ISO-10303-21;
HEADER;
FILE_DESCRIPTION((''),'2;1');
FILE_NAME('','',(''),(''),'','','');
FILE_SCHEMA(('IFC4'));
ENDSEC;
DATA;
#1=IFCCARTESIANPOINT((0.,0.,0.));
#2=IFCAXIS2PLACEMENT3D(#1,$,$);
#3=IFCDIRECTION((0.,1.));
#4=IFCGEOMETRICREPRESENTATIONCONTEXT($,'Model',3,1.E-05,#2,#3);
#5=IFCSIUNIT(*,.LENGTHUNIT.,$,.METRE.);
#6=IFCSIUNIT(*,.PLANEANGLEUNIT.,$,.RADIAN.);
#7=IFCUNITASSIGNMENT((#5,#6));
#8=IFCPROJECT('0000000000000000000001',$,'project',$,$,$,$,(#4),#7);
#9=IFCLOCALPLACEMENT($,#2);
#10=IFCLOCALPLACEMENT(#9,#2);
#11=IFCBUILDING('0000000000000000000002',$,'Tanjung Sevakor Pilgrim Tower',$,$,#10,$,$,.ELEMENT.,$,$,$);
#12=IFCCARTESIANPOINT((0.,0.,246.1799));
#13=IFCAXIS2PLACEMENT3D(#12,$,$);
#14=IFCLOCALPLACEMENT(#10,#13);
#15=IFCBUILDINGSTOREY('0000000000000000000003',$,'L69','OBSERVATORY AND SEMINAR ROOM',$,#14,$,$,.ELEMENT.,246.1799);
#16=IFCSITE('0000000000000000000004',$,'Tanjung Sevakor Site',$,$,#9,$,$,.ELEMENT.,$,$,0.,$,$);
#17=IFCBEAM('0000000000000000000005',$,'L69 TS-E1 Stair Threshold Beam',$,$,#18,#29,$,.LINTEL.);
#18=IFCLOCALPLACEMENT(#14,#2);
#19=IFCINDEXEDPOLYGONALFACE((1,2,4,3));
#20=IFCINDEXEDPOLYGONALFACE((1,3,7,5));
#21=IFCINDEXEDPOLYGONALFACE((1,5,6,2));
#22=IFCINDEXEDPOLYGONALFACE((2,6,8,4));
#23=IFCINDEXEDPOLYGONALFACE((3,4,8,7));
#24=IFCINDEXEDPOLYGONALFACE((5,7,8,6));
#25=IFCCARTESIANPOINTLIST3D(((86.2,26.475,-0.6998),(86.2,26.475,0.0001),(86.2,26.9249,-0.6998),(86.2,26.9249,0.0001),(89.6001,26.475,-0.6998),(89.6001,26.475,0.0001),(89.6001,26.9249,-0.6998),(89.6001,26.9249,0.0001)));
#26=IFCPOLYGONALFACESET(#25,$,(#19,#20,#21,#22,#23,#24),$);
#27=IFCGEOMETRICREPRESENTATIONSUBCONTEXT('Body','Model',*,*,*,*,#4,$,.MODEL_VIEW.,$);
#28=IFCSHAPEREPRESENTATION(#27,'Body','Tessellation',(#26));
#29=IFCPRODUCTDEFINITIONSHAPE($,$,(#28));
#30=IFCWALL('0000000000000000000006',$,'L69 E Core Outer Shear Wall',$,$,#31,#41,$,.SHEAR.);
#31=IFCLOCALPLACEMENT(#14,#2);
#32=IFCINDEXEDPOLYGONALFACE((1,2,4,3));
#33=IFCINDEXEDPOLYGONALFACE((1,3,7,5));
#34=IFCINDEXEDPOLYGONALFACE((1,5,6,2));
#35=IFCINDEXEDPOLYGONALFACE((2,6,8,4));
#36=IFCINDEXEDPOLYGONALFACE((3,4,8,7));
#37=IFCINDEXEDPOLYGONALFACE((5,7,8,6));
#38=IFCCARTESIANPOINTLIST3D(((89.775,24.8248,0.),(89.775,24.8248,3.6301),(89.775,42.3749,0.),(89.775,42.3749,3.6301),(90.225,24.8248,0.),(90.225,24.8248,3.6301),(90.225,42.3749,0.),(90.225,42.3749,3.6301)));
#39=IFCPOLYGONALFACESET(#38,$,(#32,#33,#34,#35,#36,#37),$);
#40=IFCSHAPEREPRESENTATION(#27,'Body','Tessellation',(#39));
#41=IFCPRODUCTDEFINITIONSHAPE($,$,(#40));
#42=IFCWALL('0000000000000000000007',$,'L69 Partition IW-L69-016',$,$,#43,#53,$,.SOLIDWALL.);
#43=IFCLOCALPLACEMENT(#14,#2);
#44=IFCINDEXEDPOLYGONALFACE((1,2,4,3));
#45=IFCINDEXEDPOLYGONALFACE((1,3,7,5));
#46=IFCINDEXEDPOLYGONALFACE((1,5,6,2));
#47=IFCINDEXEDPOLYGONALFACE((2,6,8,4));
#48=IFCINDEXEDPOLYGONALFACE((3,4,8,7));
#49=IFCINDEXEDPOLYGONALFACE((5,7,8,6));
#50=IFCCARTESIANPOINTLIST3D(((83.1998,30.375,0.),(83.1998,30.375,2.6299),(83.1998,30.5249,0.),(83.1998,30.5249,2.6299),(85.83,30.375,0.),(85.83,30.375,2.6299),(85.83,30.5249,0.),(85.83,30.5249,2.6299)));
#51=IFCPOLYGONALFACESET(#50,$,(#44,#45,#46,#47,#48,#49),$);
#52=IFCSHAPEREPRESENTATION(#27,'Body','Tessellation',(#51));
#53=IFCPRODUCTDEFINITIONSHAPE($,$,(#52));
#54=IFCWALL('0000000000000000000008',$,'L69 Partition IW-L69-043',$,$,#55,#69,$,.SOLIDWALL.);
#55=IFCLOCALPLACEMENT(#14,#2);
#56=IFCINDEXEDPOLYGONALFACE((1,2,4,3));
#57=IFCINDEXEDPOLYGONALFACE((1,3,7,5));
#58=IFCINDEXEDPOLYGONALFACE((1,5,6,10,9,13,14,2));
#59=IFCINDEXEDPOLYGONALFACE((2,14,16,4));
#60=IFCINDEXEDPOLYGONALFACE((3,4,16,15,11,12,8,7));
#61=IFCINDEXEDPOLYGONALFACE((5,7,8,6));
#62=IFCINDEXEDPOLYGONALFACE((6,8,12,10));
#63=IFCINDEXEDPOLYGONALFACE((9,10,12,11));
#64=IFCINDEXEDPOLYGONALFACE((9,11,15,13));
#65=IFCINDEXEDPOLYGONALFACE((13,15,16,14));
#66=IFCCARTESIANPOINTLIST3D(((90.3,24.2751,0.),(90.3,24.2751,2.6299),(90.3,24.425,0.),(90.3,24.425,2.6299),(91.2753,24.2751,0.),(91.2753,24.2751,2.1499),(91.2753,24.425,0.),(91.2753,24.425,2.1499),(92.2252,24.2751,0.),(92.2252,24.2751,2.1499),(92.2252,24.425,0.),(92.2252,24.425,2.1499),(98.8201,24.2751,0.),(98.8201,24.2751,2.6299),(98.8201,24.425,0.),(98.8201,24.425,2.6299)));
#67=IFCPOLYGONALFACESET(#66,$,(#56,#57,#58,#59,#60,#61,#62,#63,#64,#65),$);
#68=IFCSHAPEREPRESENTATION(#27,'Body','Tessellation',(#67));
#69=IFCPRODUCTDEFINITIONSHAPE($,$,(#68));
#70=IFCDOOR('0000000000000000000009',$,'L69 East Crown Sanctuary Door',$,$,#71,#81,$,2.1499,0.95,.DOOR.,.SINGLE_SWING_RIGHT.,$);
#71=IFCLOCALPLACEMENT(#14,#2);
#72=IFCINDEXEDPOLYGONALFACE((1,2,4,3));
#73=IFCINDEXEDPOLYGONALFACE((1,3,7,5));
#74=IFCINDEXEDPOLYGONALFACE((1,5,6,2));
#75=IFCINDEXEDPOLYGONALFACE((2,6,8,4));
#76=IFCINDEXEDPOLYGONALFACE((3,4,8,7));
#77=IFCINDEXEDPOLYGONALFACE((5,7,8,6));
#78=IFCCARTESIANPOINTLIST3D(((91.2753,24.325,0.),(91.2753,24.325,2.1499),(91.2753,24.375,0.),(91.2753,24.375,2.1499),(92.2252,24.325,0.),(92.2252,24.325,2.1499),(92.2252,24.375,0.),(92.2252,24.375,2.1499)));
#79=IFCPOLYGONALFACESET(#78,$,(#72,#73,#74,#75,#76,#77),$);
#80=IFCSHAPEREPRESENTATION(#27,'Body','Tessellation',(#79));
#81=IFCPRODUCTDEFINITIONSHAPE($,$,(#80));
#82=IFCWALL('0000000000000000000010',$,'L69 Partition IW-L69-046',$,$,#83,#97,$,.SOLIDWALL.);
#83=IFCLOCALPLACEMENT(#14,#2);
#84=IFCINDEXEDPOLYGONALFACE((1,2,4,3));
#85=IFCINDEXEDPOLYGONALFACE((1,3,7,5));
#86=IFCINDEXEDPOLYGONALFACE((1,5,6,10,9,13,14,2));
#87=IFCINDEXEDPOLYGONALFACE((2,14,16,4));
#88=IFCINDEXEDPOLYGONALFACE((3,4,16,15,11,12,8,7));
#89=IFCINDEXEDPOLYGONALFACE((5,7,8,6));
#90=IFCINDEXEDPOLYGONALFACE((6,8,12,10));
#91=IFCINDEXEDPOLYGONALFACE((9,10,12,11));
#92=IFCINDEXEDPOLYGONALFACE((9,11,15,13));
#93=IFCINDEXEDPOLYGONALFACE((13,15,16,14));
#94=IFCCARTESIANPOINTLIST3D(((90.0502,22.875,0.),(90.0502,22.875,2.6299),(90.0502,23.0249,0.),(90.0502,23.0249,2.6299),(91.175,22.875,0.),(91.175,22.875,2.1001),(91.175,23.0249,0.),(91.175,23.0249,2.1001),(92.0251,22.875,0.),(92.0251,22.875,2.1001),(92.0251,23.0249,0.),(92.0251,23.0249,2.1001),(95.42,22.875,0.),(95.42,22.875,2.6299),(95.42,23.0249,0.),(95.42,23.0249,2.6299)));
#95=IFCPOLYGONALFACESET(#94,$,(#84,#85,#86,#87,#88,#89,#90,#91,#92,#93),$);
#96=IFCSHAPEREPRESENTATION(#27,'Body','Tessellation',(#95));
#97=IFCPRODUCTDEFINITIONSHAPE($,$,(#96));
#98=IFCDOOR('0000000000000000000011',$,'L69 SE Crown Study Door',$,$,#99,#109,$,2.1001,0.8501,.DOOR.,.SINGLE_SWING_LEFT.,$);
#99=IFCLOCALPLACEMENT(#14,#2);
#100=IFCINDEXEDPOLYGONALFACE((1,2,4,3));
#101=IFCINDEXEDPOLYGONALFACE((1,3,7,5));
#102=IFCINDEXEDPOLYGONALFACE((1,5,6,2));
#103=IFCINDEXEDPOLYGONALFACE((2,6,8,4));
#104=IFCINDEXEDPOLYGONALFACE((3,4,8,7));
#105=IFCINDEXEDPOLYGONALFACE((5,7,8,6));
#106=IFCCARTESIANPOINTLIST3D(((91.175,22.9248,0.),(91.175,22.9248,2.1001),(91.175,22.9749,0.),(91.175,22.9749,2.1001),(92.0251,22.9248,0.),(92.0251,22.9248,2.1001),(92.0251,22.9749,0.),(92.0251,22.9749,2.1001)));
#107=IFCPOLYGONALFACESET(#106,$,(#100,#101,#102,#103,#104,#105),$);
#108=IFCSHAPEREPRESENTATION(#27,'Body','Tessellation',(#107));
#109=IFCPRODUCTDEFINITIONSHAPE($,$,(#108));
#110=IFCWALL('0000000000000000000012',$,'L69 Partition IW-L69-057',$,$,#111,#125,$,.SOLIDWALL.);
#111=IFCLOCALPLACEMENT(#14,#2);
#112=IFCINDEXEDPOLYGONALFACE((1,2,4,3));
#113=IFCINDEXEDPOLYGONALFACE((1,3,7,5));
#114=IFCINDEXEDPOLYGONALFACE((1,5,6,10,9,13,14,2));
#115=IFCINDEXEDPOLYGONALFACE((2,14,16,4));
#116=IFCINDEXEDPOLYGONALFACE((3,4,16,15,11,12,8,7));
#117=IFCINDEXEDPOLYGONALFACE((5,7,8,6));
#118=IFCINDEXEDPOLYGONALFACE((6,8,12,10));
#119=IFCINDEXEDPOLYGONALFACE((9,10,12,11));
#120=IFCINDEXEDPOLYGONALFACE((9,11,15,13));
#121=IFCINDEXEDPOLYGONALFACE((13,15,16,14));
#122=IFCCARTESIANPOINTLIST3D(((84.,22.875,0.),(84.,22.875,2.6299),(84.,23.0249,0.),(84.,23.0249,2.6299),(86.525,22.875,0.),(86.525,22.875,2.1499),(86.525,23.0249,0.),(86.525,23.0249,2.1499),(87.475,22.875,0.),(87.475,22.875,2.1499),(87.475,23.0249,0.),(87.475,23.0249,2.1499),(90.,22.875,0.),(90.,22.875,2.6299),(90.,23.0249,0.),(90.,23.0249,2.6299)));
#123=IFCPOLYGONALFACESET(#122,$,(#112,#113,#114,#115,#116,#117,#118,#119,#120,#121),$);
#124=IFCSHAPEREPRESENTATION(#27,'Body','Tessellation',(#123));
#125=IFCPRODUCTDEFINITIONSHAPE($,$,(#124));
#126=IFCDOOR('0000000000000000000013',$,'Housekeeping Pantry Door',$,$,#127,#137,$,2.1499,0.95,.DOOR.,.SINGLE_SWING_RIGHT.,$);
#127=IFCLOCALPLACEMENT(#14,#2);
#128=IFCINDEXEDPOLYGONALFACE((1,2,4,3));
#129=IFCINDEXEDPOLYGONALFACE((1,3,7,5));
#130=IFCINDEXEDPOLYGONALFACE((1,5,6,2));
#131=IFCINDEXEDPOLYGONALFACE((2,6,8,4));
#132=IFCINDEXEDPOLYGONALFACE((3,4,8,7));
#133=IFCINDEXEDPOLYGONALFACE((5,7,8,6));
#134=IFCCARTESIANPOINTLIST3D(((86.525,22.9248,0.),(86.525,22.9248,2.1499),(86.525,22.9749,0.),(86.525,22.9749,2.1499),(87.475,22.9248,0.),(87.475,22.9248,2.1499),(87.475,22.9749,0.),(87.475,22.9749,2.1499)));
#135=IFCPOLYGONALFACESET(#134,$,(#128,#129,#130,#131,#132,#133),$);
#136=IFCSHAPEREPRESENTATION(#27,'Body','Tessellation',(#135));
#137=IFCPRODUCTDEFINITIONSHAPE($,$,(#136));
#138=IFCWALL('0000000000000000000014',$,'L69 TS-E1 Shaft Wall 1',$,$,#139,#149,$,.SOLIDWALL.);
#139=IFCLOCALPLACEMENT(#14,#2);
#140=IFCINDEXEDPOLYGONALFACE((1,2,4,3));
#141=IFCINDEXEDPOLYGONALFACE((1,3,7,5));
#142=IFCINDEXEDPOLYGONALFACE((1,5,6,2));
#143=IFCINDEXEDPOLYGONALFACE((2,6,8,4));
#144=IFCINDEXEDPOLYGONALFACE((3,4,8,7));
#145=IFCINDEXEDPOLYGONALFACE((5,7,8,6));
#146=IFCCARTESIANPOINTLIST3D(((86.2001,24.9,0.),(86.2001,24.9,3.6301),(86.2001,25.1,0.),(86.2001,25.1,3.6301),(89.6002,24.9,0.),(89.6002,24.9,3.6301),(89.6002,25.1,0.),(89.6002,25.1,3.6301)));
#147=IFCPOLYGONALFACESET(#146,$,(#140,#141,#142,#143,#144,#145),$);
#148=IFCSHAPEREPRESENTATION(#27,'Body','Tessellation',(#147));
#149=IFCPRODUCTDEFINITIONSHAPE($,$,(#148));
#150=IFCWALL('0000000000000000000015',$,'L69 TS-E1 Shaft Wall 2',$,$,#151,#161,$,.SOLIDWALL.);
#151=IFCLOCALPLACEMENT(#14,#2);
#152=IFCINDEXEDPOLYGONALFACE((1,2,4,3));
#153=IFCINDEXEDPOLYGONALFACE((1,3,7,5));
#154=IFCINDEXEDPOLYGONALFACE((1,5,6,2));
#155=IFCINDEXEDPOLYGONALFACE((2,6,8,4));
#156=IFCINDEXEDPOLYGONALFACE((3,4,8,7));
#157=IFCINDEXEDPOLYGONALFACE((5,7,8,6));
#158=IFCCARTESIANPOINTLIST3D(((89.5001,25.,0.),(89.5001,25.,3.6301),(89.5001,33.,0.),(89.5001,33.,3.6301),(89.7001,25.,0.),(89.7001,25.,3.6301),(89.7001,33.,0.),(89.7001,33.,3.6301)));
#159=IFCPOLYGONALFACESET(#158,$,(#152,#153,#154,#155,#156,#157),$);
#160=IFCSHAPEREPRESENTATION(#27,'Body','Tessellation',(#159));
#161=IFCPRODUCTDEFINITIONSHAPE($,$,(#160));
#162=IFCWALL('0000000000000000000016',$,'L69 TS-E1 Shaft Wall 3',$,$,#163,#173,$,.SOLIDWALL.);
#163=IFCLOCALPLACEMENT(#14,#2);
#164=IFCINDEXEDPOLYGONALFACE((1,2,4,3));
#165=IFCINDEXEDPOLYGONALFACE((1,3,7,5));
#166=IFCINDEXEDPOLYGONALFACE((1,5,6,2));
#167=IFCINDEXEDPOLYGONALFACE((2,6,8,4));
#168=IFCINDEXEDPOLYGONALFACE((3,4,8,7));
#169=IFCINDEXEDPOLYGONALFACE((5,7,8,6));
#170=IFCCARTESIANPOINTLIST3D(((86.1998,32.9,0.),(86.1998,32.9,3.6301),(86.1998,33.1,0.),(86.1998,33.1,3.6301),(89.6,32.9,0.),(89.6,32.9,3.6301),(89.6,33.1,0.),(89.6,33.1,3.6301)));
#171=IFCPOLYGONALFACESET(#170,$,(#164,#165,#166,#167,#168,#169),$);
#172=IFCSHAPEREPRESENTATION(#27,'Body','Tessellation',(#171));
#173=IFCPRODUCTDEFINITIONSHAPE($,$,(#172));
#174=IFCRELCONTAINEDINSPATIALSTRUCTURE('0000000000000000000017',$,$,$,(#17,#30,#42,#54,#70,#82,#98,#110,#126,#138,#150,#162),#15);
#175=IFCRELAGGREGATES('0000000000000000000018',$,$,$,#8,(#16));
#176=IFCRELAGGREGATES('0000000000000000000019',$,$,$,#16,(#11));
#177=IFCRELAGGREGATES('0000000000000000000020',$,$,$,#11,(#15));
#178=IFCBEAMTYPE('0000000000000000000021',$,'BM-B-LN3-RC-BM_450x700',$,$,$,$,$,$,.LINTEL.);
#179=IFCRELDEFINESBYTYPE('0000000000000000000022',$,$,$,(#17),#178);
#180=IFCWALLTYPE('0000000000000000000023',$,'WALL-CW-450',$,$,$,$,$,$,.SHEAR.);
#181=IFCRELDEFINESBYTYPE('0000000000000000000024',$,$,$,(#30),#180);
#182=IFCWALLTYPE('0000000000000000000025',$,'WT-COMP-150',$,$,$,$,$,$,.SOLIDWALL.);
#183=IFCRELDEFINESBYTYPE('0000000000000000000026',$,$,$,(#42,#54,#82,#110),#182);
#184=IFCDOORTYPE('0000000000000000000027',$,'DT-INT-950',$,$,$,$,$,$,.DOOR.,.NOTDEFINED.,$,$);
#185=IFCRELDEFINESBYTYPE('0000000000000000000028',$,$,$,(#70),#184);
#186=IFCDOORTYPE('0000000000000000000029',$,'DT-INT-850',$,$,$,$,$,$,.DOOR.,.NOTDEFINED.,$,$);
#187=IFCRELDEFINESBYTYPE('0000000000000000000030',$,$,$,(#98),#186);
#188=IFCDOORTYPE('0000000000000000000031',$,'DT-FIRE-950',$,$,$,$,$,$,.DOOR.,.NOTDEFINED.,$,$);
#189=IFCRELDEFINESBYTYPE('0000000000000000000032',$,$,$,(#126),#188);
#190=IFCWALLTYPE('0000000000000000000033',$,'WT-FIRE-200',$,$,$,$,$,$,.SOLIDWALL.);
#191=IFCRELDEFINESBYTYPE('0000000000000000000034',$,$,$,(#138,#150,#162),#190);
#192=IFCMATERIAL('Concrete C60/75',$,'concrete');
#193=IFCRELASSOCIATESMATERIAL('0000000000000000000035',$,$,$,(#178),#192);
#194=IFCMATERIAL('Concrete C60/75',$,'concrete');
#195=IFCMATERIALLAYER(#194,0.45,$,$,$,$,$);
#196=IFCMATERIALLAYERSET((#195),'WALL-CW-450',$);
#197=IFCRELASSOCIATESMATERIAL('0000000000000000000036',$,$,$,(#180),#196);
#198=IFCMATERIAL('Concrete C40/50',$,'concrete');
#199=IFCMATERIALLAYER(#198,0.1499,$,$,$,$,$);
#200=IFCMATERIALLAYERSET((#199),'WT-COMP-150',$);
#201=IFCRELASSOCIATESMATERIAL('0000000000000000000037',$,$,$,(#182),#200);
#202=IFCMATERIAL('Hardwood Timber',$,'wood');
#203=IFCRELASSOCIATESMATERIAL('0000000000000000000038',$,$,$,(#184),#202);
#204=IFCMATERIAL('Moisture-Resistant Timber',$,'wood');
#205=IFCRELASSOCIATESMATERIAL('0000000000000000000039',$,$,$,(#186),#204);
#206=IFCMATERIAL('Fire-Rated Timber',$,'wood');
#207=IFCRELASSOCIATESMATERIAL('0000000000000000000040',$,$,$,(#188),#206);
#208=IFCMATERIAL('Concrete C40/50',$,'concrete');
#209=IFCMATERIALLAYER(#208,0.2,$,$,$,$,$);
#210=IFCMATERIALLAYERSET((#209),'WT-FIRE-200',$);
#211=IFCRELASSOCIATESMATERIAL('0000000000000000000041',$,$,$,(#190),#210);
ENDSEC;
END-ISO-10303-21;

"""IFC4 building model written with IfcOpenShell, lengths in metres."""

from ifc_helpers import new_model, si_unit, direction, frame, frame_2d, origin, origin_2d, place, context, subcontext, project, spatial, rectangle, extrude, material, layer, layer_set, material_profile, profile_set, type_object, element, fill, save


model = new_model("IFC4")

# Units and contexts
model_context = context("Model", 3, precision=1e-05, world=origin(), true_north=direction((0.0, 1.0)))
body_context = subcontext(model_context, "Body", "Model", "MODEL_VIEW")
ifc_project = project(units=[si_unit("LENGTHUNIT", "METRE"), si_unit("PLANEANGLEUNIT", "RADIAN")], contexts=[model_context])

# Site, building, storey
site_placement = place(None, origin())
site = spatial("IfcSite", under=ifc_project, at=site_placement, Name="Tanjung Sevakor Site", CompositionType="ELEMENT", RefElevation=0.0)
building_placement = place(site_placement, origin())
building = spatial("IfcBuilding", under=site, at=building_placement, Name="Tanjung Sevakor Pilgrim Tower", CompositionType="ELEMENT")
storey_placement = place(building_placement, frame((0.0, 0.0, 246.1799)))
storey = spatial("IfcBuildingStorey", under=building, at=storey_placement, Name="L69", Description="OBSERVATORY AND SEMINAR ROOM", CompositionType="ELEMENT", Elevation=246.1799)

# Beam
ifc_material_1 = material(Name="Concrete C60/75", Category="concrete")
ifc_material_profile = material_profile(ifc_material_1, rectangle(XDim=0.45, YDim=0.7, at=origin_2d()))
ifc_profile_set = profile_set([ifc_material_profile], Name="Concrete C60/75")
beam_type = type_object("IfcBeamType", Name="BM-B-LN3-RC-BM_450x700", PredefinedType="LINTEL", material=ifc_profile_set)
beam_placement = place(storey_placement, frame((86.2, 26.7, -0.3499), z_axis=(1.0, 0.0, 0.0), x_axis=(0.0, 1.0, 0.0)))
element("IfcBeam", 1, at=beam_placement, inside=storey, type_object=beam_type, Name="L69 TS-E1 Stair Threshold Beam", PredefinedType="LINTEL", context=body_context, shape_type="SweptSolid", body=[
    extrude(rectangle(XDim=0.45, YDim=0.7, at=origin_2d()), origin(), (0.0, 0.0, 1.0), 3.4001),
])

# Wall
ifc_material_2 = material(Name="Concrete C60/75", Category="concrete")
ifc_layer_1 = layer(ifc_material_2, 0.45)
ifc_layer_set_1 = layer_set([ifc_layer_1], Name="WALL-CW-450")
wall_type_1 = type_object("IfcWallType", Name="WALL-CW-450", PredefinedType="SHEAR", material=ifc_layer_set_1)
wall_1_placement = place(storey_placement, frame((90.0, 24.825, 0.0), z_axis=(0.0, 0.0, 1.0), x_axis=(0.0, 1.0, 0.0)))
element("IfcWall", 2, at=wall_1_placement, inside=storey, type_object=wall_type_1, Name="L69 E Core Outer Shear Wall", PredefinedType="SHEAR", context=body_context, shape_type="SweptSolid", body=[
    extrude(rectangle(XDim=17.55, YDim=0.45, at=frame_2d((8.7749, 0.0))), origin(), (0.0, 0.0, 1.0), 3.6301),
])

# Wall
ifc_material_3 = material(Name="Concrete C40/50", Category="concrete")
ifc_layer_2 = layer(ifc_material_3, 0.1499)
ifc_layer_set_2 = layer_set([ifc_layer_2], Name="WT-COMP-150")
wall_type_2 = type_object("IfcWallType", Name="WT-COMP-150", PredefinedType="SOLIDWALL", material=ifc_layer_set_2)
wall_2_placement = place(storey_placement, frame((83.2, 30.45, 0.0), z_axis=(0.0, 0.0, 1.0), x_axis=(1.0, 0.0, 0.0)))
element("IfcWall", 3, at=wall_2_placement, inside=storey, type_object=wall_type_2, Name="L69 Partition IW-L69-016", PredefinedType="SOLIDWALL", context=body_context, shape_type="SweptSolid", body=[
    extrude(rectangle(XDim=2.6301, YDim=0.1499, at=frame_2d((1.3149, 0.0))), origin(), (0.0, 0.0, 1.0), 2.6299),
])

# Walls, openings, doors
wall_3_placement = place(storey_placement, frame((90.3, 24.3501, 0.0), z_axis=(0.0, 0.0, 1.0), x_axis=(1.0, 0.0, 0.0)))
wall_3 = element("IfcWall", 4, at=wall_3_placement, inside=storey, type_object=wall_type_2, Name="L69 Partition IW-L69-043", PredefinedType="SOLIDWALL", context=body_context, shape_type="SweptSolid", body=[
    extrude(rectangle(XDim=8.52, YDim=0.1499, at=frame_2d((4.26, 0.0))), origin(), (0.0, 0.0, 1.0), 2.6299),
])
opening_1_placement = place(wall_3_placement, frame((0.9751, 0.0, 0.0)))
opening_1 = element("IfcOpeningElement", 5, at=opening_1_placement, cuts=wall_3, PredefinedType="OPENING", context=body_context, shape_type="SweptSolid", body=[
    extrude(rectangle(XDim=0.95, YDim=2.1499, at=frame_2d((0.4751, 1.075))), frame((0.0, 0.085, 0.0), z_axis=(0.0, -1.0, 0.0), x_axis=(1.0, 0.0, 0.0)), (0.0, 0.0, 1.0), 0.1699),
])
ifc_material_4 = material(Name="Hardwood Timber", Category="wood")
door_type_1 = type_object("IfcDoorType", Name="DT-INT-950", OperationType="NOTDEFINED", PredefinedType="DOOR", material=ifc_material_4)
door_1_placement = place(opening_1_placement, origin())
door_1 = element("IfcDoor", 6, at=door_1_placement, inside=storey, type_object=door_type_1, Name="L69 East Crown Sanctuary Door", OperationType="SINGLE_SWING_RIGHT", OverallHeight=2.1499, OverallWidth=0.95, PredefinedType="DOOR", context=body_context, shape_type="SweptSolid", body=[
    extrude(rectangle(XDim=0.95, YDim=2.1499, at=frame_2d((0.4751, 1.075))), frame((0.0, 0.0249, 0.0), z_axis=(0.0, -1.0, 0.0), x_axis=(1.0, 0.0, 0.0)), (0.0, 0.0, 1.0), 0.05),
])
fill(opening_1, door_1)
wall_4_placement = place(storey_placement, frame((90.05, 22.95, 0.0), z_axis=(0.0, 0.0, 1.0), x_axis=(1.0, 0.0, 0.0)))
wall_4 = element("IfcWall", 7, at=wall_4_placement, inside=storey, type_object=wall_type_2, Name="L69 Partition IW-L69-046", PredefinedType="SOLIDWALL", context=body_context, shape_type="SweptSolid", body=[
    extrude(rectangle(XDim=5.3699, YDim=0.1499, at=frame_2d((2.6851, 0.0))), origin(), (0.0, 0.0, 1.0), 2.6299),
])
opening_2_placement = place(wall_4_placement, frame((1.125, 0.0, 0.0)))
opening_2 = element("IfcOpeningElement", 8, at=opening_2_placement, cuts=wall_4, PredefinedType="OPENING", context=body_context, shape_type="SweptSolid", body=[
    extrude(rectangle(XDim=0.8501, YDim=2.1001, at=frame_2d((0.425, 1.05))), frame((0.0, 0.085, 0.0), z_axis=(0.0, -1.0, 0.0), x_axis=(1.0, 0.0, 0.0)), (0.0, 0.0, 1.0), 0.1699),
])
ifc_material_5 = material(Name="Moisture-Resistant Timber", Category="wood")
door_type_2 = type_object("IfcDoorType", Name="DT-INT-850", OperationType="NOTDEFINED", PredefinedType="DOOR", material=ifc_material_5)
door_2_placement = place(opening_2_placement, origin())
door_2 = element("IfcDoor", 9, at=door_2_placement, inside=storey, type_object=door_type_2, Name="L69 SE Crown Study Door", OperationType="SINGLE_SWING_LEFT", OverallHeight=2.1001, OverallWidth=0.8501, PredefinedType="DOOR", context=body_context, shape_type="SweptSolid", body=[
    extrude(rectangle(XDim=0.8501, YDim=2.1001, at=frame_2d((0.425, 1.05))), frame((0.0, 0.0249, 0.0), z_axis=(0.0, -1.0, 0.0), x_axis=(1.0, 0.0, 0.0)), (0.0, 0.0, 1.0), 0.05),
])
fill(opening_2, door_2)
wall_5_placement = place(storey_placement, frame((84.0, 22.95, 0.0), z_axis=(0.0, 0.0, 1.0), x_axis=(1.0, 0.0, 0.0)))
wall_5 = element("IfcWall", 10, at=wall_5_placement, inside=storey, type_object=wall_type_2, Name="L69 Partition IW-L69-057", PredefinedType="SOLIDWALL", context=body_context, shape_type="SweptSolid", body=[
    extrude(rectangle(XDim=6.0, YDim=0.1499, at=frame_2d((3.0, 0.0))), origin(), (0.0, 0.0, 1.0), 2.6299),
])
opening_3_placement = place(wall_5_placement, frame((2.5249, 0.0, 0.0)))
opening_3 = element("IfcOpeningElement", 11, at=opening_3_placement, cuts=wall_5, PredefinedType="OPENING", context=body_context, shape_type="SweptSolid", body=[
    extrude(rectangle(XDim=0.95, YDim=2.1499, at=frame_2d((0.4751, 1.075))), frame((0.0, 0.085, 0.0), z_axis=(0.0, -1.0, 0.0), x_axis=(1.0, 0.0, 0.0)), (0.0, 0.0, 1.0), 0.1699),
])
ifc_material_6 = material(Name="Fire-Rated Timber", Category="wood")
door_type_3 = type_object("IfcDoorType", Name="DT-FIRE-950", OperationType="NOTDEFINED", PredefinedType="DOOR", material=ifc_material_6)
door_3_placement = place(opening_3_placement, origin())
door_3 = element("IfcDoor", 12, at=door_3_placement, inside=storey, type_object=door_type_3, Name="Housekeeping Pantry Door", OperationType="SINGLE_SWING_RIGHT", OverallHeight=2.1499, OverallWidth=0.95, PredefinedType="DOOR", context=body_context, shape_type="SweptSolid", body=[
    extrude(rectangle(XDim=0.95, YDim=2.1499, at=frame_2d((0.4751, 1.075))), frame((0.0, 0.0249, 0.0), z_axis=(0.0, -1.0, 0.0), x_axis=(1.0, 0.0, 0.0)), (0.0, 0.0, 1.0), 0.05),
])
fill(opening_3, door_3)

# Walls
ifc_material_7 = material(Name="Concrete C40/50", Category="concrete")
ifc_layer_3 = layer(ifc_material_7, 0.2)
ifc_layer_set_3 = layer_set([ifc_layer_3], Name="WT-FIRE-200")
wall_type_3 = type_object("IfcWallType", Name="WT-FIRE-200", PredefinedType="SOLIDWALL", material=ifc_layer_set_3)
wall_6_placement = place(storey_placement, frame((86.2, 25.0, 0.0), z_axis=(0.0, 0.0, 1.0), x_axis=(1.0, 0.0, 0.0)))
element("IfcWall", 13, at=wall_6_placement, inside=storey, type_object=wall_type_3, Name="L69 TS-E1 Shaft Wall 1", PredefinedType="SOLIDWALL", context=body_context, shape_type="SweptSolid", body=[
    extrude(rectangle(XDim=3.4001, YDim=0.2, at=frame_2d((1.7002, 0.0))), origin(), (0.0, 0.0, 1.0), 3.6301),
])
wall_7_placement = place(storey_placement, frame((89.6001, 25.0, 0.0), z_axis=(0.0, 0.0, 1.0), x_axis=(0.0, 1.0, 0.0)))
element("IfcWall", 14, at=wall_7_placement, inside=storey, type_object=wall_type_3, Name="L69 TS-E1 Shaft Wall 2", PredefinedType="SOLIDWALL", context=body_context, shape_type="SweptSolid", body=[
    extrude(rectangle(XDim=8.0, YDim=0.2, at=frame_2d((4.0, 0.0))), origin(), (0.0, 0.0, 1.0), 3.6301),
])
wall_8_placement = place(storey_placement, frame((89.6001, 33.0, 0.0), z_axis=(0.0, 0.0, 1.0), x_axis=(-1.0, 0.0, 0.0)))
element("IfcWall", 15, at=wall_8_placement, inside=storey, type_object=wall_type_3, Name="L69 TS-E1 Shaft Wall 3", PredefinedType="SOLIDWALL", context=body_context, shape_type="SweptSolid", body=[
    extrude(rectangle(XDim=3.4001, YDim=0.2, at=frame_2d((1.7002, 0.0))), origin(), (0.0, 0.0, 1.0), 3.6301),
])

save(model, "model.ifc")
